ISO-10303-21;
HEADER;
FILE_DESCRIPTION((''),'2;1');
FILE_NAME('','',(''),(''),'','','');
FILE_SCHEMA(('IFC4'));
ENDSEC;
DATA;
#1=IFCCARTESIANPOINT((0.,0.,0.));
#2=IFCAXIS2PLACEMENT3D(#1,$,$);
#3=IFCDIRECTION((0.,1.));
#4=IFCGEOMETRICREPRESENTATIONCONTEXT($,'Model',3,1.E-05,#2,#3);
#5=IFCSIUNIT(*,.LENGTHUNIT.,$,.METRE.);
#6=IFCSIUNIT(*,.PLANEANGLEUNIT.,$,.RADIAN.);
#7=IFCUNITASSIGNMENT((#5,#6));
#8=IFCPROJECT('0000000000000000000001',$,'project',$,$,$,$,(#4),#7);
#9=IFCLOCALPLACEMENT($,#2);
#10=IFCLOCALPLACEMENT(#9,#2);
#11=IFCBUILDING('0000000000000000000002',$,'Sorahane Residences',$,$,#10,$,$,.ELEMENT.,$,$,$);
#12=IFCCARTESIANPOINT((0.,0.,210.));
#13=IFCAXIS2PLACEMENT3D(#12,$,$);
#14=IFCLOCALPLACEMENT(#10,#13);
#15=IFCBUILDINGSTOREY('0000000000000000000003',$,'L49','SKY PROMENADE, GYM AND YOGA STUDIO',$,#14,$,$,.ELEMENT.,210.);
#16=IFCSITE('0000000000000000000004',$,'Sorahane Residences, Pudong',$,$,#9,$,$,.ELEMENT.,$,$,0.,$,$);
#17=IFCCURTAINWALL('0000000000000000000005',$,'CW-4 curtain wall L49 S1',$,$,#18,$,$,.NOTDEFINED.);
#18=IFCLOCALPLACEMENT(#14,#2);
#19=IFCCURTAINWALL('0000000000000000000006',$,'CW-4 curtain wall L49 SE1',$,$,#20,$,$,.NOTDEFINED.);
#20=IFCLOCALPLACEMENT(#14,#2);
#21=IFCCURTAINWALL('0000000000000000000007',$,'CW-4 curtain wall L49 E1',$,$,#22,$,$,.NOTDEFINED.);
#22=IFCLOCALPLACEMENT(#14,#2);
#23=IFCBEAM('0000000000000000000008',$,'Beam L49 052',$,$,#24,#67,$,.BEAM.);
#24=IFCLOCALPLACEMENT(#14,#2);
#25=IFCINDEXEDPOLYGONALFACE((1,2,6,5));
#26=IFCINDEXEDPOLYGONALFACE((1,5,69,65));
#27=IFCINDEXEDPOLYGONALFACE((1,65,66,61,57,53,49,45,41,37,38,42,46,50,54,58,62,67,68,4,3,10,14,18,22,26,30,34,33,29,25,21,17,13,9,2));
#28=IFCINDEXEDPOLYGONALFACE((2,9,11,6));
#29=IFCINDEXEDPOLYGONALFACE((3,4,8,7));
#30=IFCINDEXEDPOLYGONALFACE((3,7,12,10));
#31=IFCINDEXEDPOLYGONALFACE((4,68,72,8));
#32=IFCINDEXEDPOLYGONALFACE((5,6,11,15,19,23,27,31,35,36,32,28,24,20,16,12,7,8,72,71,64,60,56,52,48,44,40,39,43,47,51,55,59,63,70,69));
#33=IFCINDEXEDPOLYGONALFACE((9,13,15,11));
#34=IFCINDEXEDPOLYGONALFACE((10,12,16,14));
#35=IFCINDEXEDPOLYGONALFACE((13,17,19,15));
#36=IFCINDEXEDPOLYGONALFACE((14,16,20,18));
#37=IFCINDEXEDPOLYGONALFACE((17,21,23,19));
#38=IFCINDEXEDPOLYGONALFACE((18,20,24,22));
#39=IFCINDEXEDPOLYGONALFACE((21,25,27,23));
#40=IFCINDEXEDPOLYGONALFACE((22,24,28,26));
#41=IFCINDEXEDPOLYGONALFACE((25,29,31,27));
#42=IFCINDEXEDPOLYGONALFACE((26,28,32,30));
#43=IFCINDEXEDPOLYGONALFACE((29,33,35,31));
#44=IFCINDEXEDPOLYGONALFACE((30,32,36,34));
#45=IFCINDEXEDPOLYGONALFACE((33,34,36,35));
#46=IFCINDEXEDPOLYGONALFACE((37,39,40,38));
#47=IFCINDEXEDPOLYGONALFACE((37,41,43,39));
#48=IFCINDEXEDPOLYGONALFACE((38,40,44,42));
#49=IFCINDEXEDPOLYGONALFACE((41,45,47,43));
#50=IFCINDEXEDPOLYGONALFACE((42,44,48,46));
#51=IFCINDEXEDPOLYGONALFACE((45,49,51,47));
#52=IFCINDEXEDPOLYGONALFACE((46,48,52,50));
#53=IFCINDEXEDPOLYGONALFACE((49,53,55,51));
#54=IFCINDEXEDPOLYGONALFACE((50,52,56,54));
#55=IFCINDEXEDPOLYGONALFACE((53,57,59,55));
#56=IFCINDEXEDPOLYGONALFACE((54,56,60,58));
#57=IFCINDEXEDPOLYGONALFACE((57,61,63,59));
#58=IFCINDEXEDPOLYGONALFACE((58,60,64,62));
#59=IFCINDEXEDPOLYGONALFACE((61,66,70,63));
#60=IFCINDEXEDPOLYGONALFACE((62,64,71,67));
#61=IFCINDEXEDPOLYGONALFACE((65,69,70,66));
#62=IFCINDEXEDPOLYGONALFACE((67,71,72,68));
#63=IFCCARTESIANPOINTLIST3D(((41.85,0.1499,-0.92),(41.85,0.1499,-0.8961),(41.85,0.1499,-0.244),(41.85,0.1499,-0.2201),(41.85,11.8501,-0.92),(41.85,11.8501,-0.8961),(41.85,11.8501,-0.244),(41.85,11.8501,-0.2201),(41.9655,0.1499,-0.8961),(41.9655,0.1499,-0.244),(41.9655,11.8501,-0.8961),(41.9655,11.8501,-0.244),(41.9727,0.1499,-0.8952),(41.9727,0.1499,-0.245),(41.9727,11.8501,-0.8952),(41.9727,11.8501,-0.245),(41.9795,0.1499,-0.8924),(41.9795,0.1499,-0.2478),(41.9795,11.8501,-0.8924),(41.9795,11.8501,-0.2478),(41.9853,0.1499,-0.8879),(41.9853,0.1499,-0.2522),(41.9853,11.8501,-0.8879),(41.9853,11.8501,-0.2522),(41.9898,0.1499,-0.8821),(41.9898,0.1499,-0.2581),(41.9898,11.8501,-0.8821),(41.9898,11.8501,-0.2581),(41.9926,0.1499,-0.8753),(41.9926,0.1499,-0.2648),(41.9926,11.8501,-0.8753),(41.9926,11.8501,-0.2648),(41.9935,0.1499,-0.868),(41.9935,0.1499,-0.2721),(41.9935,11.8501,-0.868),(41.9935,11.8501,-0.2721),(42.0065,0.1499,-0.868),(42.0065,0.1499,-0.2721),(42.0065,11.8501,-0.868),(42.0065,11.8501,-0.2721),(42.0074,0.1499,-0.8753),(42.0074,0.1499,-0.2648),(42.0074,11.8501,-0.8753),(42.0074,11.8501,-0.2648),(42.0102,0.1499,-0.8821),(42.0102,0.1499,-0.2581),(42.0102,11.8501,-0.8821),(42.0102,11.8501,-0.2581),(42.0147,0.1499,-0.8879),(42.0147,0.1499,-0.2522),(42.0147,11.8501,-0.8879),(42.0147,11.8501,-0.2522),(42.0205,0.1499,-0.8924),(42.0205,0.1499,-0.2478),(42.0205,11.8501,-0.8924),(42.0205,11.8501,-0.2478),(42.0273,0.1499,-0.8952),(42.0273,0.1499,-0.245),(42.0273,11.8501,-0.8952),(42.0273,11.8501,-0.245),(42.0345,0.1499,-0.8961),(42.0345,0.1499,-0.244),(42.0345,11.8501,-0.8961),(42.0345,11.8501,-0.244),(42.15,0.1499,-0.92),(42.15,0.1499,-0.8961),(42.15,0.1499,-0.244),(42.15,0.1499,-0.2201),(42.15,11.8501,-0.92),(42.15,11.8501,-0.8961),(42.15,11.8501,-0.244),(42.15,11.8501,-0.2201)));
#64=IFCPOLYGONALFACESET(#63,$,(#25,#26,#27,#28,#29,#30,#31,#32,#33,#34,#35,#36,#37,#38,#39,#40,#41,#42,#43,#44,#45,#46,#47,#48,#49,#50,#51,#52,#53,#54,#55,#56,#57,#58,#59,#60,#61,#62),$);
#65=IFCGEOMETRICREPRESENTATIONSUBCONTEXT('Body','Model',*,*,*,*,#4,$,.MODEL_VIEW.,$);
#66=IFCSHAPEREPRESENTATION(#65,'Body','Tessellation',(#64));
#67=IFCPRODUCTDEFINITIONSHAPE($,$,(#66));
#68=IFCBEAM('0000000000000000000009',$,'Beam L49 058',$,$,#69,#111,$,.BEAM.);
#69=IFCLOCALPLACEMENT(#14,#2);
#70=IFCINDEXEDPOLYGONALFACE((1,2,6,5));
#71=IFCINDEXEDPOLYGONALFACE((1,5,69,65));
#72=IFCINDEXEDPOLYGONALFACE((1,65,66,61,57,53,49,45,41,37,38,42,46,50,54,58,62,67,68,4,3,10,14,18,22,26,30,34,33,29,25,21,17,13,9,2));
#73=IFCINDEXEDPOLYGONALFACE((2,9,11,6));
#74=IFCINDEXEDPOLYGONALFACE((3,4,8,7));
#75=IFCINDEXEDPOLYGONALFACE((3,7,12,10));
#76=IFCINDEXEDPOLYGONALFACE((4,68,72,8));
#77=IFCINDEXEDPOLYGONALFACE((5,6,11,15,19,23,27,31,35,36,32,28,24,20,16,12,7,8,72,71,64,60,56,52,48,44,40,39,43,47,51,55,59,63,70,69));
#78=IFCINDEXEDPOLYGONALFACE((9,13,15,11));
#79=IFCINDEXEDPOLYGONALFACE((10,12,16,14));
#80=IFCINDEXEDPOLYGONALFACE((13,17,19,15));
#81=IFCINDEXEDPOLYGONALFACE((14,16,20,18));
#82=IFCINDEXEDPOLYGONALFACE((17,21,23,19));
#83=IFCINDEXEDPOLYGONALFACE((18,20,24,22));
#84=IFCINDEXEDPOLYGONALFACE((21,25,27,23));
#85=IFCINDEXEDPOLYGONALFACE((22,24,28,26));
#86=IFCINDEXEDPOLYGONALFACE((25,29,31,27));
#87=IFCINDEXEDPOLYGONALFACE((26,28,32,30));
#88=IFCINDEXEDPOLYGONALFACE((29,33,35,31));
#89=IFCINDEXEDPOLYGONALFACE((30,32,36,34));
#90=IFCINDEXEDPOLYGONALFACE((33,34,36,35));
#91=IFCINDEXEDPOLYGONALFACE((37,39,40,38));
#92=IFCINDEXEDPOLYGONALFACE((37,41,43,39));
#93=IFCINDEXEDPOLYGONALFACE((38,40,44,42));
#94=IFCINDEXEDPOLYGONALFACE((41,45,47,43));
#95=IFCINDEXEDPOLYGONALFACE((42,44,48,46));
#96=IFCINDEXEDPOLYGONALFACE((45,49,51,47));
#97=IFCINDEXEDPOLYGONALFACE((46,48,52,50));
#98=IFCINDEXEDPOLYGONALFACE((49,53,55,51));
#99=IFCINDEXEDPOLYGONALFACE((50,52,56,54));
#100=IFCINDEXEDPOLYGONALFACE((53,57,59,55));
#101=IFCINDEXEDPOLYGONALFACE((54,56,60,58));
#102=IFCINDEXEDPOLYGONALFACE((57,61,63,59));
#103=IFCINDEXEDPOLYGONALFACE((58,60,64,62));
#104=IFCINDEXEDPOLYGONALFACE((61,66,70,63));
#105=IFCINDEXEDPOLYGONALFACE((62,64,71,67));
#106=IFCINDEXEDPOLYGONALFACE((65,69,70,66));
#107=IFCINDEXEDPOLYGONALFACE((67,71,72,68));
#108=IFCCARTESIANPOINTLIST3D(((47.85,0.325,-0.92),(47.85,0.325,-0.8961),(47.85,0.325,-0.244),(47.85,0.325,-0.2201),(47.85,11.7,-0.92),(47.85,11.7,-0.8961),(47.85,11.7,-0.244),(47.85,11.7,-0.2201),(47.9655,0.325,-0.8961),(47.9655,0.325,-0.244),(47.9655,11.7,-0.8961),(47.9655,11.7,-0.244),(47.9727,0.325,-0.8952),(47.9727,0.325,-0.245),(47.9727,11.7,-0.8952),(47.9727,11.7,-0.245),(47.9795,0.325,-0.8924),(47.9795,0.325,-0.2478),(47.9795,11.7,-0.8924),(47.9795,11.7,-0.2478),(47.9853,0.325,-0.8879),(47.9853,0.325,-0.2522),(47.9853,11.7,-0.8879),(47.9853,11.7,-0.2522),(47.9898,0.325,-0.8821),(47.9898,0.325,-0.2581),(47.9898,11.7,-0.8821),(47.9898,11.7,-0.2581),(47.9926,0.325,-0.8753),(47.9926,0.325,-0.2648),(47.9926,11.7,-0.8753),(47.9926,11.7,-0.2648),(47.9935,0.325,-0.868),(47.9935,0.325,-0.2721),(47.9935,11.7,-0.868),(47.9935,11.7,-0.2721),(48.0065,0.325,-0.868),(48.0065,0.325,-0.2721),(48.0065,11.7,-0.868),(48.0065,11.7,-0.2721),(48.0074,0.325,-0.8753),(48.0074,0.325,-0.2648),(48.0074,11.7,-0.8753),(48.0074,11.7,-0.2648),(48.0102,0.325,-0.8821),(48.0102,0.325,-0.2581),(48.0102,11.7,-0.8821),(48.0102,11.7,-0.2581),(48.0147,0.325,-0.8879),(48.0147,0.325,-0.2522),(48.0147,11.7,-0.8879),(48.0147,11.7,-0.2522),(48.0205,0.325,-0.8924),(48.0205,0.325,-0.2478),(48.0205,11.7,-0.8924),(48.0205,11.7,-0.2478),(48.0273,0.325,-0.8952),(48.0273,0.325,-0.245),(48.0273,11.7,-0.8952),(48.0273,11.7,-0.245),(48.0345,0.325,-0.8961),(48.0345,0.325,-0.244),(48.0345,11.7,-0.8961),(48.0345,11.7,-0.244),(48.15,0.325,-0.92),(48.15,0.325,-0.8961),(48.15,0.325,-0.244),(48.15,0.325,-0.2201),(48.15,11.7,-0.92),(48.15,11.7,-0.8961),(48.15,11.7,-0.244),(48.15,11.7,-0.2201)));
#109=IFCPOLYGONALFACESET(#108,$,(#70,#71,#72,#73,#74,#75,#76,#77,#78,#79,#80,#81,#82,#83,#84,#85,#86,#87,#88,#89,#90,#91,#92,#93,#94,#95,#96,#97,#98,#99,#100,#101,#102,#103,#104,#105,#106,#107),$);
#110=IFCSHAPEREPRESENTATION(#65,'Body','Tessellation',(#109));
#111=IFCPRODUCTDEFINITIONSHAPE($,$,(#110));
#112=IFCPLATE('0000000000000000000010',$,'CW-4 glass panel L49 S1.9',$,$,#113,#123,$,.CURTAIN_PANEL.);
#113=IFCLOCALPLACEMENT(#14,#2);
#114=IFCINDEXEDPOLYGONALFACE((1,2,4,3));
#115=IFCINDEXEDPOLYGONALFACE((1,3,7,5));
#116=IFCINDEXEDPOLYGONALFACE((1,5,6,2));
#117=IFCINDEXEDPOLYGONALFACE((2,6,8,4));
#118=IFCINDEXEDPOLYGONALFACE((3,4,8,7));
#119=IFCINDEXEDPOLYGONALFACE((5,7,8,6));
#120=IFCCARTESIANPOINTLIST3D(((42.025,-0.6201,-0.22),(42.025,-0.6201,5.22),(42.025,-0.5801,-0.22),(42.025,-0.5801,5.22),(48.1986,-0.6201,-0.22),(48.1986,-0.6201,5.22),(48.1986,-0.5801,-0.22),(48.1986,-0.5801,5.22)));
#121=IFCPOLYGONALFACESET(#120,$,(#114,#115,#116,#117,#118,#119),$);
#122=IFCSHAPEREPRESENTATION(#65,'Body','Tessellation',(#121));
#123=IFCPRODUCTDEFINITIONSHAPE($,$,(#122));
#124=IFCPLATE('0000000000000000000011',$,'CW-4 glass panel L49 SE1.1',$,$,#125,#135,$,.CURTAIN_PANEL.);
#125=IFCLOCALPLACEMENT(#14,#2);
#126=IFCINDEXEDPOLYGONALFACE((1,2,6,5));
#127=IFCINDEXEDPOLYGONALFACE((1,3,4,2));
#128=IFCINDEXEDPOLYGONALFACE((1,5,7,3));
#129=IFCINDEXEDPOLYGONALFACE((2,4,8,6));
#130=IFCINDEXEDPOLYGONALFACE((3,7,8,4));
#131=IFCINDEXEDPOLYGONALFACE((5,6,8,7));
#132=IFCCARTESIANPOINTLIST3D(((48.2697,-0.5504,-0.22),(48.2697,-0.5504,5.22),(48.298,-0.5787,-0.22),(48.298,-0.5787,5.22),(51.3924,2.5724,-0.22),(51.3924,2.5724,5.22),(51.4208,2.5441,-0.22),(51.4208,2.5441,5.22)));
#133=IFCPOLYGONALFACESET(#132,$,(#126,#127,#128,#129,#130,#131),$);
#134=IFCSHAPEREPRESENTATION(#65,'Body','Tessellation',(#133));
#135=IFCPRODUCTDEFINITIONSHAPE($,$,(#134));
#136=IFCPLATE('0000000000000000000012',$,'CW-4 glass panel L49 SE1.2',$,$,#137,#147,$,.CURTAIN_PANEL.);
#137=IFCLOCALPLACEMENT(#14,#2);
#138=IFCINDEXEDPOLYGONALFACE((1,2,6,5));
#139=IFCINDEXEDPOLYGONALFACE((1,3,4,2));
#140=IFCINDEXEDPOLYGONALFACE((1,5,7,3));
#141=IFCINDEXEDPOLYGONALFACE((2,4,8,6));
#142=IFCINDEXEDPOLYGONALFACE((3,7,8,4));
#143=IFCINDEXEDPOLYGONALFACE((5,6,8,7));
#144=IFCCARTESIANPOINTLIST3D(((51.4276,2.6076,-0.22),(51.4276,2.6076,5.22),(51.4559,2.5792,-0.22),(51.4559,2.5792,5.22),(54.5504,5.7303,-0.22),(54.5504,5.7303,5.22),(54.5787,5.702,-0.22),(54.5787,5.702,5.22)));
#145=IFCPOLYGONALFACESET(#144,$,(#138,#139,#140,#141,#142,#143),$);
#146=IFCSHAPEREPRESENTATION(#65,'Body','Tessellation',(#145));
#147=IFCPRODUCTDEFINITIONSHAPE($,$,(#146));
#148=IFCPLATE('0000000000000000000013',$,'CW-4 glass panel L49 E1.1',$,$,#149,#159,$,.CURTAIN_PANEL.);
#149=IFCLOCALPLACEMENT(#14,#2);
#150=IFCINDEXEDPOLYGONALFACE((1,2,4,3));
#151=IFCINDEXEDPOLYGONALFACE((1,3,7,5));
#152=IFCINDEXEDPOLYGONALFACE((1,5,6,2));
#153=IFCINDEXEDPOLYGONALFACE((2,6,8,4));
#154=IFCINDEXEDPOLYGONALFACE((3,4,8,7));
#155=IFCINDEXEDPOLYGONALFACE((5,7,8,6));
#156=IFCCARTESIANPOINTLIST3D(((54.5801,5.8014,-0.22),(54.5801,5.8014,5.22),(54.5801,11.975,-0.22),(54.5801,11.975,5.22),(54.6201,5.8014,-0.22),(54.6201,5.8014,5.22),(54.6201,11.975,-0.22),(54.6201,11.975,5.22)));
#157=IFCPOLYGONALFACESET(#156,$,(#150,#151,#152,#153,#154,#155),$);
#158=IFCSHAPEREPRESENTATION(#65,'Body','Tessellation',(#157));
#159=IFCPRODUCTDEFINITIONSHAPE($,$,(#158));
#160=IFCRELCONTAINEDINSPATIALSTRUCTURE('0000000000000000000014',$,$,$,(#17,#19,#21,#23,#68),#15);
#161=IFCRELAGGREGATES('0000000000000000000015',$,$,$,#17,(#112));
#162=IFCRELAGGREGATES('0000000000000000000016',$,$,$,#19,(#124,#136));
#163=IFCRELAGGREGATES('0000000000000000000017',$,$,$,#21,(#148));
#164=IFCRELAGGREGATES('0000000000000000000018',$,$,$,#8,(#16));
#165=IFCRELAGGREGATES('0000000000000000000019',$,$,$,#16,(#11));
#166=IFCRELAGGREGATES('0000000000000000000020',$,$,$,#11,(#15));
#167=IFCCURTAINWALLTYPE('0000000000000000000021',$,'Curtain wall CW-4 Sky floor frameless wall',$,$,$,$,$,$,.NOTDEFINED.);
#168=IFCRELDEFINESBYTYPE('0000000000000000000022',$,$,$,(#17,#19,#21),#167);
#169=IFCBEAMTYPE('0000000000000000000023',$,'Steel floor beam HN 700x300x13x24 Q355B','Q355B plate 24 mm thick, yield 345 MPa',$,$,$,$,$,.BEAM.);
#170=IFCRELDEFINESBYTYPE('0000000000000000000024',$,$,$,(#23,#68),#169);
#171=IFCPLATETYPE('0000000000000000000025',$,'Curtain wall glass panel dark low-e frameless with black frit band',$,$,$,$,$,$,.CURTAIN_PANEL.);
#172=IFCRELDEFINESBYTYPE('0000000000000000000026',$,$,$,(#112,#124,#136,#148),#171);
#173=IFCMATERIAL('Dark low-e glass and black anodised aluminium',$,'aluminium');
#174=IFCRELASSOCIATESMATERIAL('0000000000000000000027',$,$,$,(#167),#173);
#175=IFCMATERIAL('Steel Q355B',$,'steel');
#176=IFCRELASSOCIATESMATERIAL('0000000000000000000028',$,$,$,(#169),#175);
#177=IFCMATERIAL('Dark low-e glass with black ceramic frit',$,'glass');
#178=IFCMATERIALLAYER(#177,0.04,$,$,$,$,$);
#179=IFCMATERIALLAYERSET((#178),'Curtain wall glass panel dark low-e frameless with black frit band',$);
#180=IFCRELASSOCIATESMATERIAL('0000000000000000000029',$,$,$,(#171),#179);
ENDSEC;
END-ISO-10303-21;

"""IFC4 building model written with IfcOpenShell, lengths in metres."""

from ifc_helpers import new_model, si_unit, direction, frame, origin, origin_2d, place, context, subcontext, project, spatial, rectangle, i_section, extrude, material, layer, layer_set, material_profile, profile_set, type_object, element, aggregate, save


model = new_model("IFC4")

# Units and contexts
model_context = context("Model", 3, precision=1e-05, world=origin(), true_north=direction((0.0, 1.0)))
body_context = subcontext(model_context, "Body", "Model", "MODEL_VIEW")
ifc_project = project(units=[si_unit("LENGTHUNIT", "METRE"), si_unit("PLANEANGLEUNIT", "RADIAN")], contexts=[model_context])

# Site, building, storey
site_placement = place(None, origin())
site = spatial("IfcSite", under=ifc_project, at=site_placement, Name="Sorahane Residences, Pudong", CompositionType="ELEMENT", RefElevation=0.0)
building_placement = place(site_placement, origin())
building = spatial("IfcBuilding", under=site, at=building_placement, Name="Sorahane Residences", CompositionType="ELEMENT")
storey_placement = place(building_placement, frame((0.0, 0.0, 210.0)))
storey = spatial("IfcBuildingStorey", under=building, at=storey_placement, Name="L49", Description="SKY PROMENADE, GYM AND YOGA STUDIO", CompositionType="ELEMENT", Elevation=210.0)

# Curtain walls
ifc_material_1 = material(Name="Dark low-e glass and black anodised aluminium", Category="aluminium")
curtain_wall_type = type_object("IfcCurtainWallType", Name="Curtain wall CW-4 Sky floor frameless wall", PredefinedType="NOTDEFINED", material=ifc_material_1)
curtain_wall_1_placement = place(storey_placement, origin())
curtain_wall_1 = element("IfcCurtainWall", 1, at=curtain_wall_1_placement, inside=storey, type_object=curtain_wall_type, Name="CW-4 curtain wall L49 S1", PredefinedType="NOTDEFINED")
curtain_wall_2_placement = place(storey_placement, origin())
curtain_wall_2 = element("IfcCurtainWall", 2, at=curtain_wall_2_placement, inside=storey, type_object=curtain_wall_type, Name="CW-4 curtain wall L49 SE1", PredefinedType="NOTDEFINED")

# Curtain wall
curtain_wall_3_placement = place(storey_placement, origin())
curtain_wall_3 = element("IfcCurtainWall", 3, at=curtain_wall_3_placement, inside=storey, type_object=curtain_wall_type, Name="CW-4 curtain wall L49 E1", PredefinedType="NOTDEFINED")

# Beams
ifc_material_2 = material(Name="Steel Q355B", Category="steel")
ifc_material_profile_1 = material_profile(ifc_material_2, i_section(OverallWidth=0.3, OverallDepth=0.7, WebThickness=0.0129, FlangeThickness=0.0239, FilletRadius=0.0281, at=origin_2d()), Name="HN 700x300x13x24")
ifc_profile_set_1 = profile_set([ifc_material_profile_1], Name="Steel Q355B")
beam_type_1 = type_object("IfcBeamType", Name="Steel floor beam HN 700x300x13x24 Q355B", Description="Q355B plate 24 mm thick, yield 345 MPa", PredefinedType="BEAM", material=ifc_profile_set_1)
beam_1_placement = place(storey_placement, frame((42.0, 0.1499, -0.5701), z_axis=(0.0, 1.0, 0.0), x_axis=(-1.0, 0.0, 0.0)))
element("IfcBeam", 4, at=beam_1_placement, inside=storey, type_object=beam_type_1, Name="Beam L49 052", PredefinedType="BEAM", context=body_context, shape_type="SweptSolid", body=[
    extrude(i_section(OverallWidth=0.3, OverallDepth=0.7, WebThickness=0.0129, FlangeThickness=0.0239, FilletRadius=0.0281, at=origin_2d()), origin(), (0.0, 0.0, 1.0), 11.7002),
])
beam_2_placement = place(storey_placement, frame((48.0, 0.325, -0.5701), z_axis=(0.0, 1.0, 0.0), x_axis=(-1.0, 0.0, 0.0)))
element("IfcBeam", 5, at=beam_2_placement, inside=storey, type_object=beam_type_1, Name="Beam L49 058", PredefinedType="BEAM", context=body_context, shape_type="SweptSolid", body=[
    extrude(i_section(OverallWidth=0.3, OverallDepth=0.7, WebThickness=0.0129, FlangeThickness=0.0239, FilletRadius=0.0281, at=origin_2d()), origin(), (0.0, 0.0, 1.0), 11.375),
])

# Plates
ifc_material_3 = material(Name="Dark low-e glass with black ceramic frit", Category="glass")
ifc_layer = layer(ifc_material_3, 0.04)
ifc_layer_set = layer_set([ifc_layer], Name="Curtain wall glass panel dark low-e frameless with black frit band")
plate_type = type_object("IfcPlateType", Name="Curtain wall glass panel dark low-e frameless with black frit band", PredefinedType="CURTAIN_PANEL", material=ifc_layer_set)
plate_1_placement = place(storey_placement, frame((45.1118, -0.6001, -0.22), z_axis=(0.0, 0.0, 1.0), x_axis=(1.0, 0.0, 0.0)))
plate_1 = element("IfcPlate", 6, at=plate_1_placement, type_object=plate_type, Name="CW-4 glass panel L49 S1.9", PredefinedType="CURTAIN_PANEL", context=body_context, shape_type="SweptSolid", body=[
    extrude(rectangle(XDim=6.1736, YDim=0.04, at=origin_2d()), origin(), (0.0, 0.0, 1.0), 5.4399),
])
aggregate(curtain_wall_1, [plate_1])
plate_2_placement = place(storey_placement, frame((49.8452, 0.9968, -0.22), z_axis=(0.0, 0.0, 1.0), x_axis=(0.707107, 0.707107, 0.0)))
plate_2 = element("IfcPlate", 7, at=plate_2_placement, type_object=plate_type, Name="CW-4 glass panel L49 SE1.1", PredefinedType="CURTAIN_PANEL", context=body_context, shape_type="SweptSolid", body=[
    extrude(rectangle(XDim=4.4163, YDim=0.04, at=origin_2d()), origin(), (0.0, 0.0, 1.0), 5.4399),
])
plate_3_placement = place(storey_placement, frame((53.0032, 4.1548, -0.22), z_axis=(0.0, 0.0, 1.0), x_axis=(0.707107, 0.707107, 0.0)))
plate_3 = element("IfcPlate", 8, at=plate_3_placement, type_object=plate_type, Name="CW-4 glass panel L49 SE1.2", PredefinedType="CURTAIN_PANEL", context=body_context, shape_type="SweptSolid", body=[
    extrude(rectangle(XDim=4.4163, YDim=0.04, at=origin_2d()), origin(), (0.0, 0.0, 1.0), 5.4399),
])
aggregate(curtain_wall_2, [plate_2, plate_3])
plate_4_placement = place(storey_placement, frame((54.6001, 8.8882, -0.22), z_axis=(0.0, 0.0, 1.0), x_axis=(0.0, 1.0, 0.0)))
plate_4 = element("IfcPlate", 9, at=plate_4_placement, type_object=plate_type, Name="CW-4 glass panel L49 E1.1", PredefinedType="CURTAIN_PANEL", context=body_context, shape_type="SweptSolid", body=[
    extrude(rectangle(XDim=6.1736, YDim=0.04, at=origin_2d()), origin(), (0.0, 0.0, 1.0), 5.4399),
])
aggregate(curtain_wall_3, [plate_4])

save(model, "model.ifc")
